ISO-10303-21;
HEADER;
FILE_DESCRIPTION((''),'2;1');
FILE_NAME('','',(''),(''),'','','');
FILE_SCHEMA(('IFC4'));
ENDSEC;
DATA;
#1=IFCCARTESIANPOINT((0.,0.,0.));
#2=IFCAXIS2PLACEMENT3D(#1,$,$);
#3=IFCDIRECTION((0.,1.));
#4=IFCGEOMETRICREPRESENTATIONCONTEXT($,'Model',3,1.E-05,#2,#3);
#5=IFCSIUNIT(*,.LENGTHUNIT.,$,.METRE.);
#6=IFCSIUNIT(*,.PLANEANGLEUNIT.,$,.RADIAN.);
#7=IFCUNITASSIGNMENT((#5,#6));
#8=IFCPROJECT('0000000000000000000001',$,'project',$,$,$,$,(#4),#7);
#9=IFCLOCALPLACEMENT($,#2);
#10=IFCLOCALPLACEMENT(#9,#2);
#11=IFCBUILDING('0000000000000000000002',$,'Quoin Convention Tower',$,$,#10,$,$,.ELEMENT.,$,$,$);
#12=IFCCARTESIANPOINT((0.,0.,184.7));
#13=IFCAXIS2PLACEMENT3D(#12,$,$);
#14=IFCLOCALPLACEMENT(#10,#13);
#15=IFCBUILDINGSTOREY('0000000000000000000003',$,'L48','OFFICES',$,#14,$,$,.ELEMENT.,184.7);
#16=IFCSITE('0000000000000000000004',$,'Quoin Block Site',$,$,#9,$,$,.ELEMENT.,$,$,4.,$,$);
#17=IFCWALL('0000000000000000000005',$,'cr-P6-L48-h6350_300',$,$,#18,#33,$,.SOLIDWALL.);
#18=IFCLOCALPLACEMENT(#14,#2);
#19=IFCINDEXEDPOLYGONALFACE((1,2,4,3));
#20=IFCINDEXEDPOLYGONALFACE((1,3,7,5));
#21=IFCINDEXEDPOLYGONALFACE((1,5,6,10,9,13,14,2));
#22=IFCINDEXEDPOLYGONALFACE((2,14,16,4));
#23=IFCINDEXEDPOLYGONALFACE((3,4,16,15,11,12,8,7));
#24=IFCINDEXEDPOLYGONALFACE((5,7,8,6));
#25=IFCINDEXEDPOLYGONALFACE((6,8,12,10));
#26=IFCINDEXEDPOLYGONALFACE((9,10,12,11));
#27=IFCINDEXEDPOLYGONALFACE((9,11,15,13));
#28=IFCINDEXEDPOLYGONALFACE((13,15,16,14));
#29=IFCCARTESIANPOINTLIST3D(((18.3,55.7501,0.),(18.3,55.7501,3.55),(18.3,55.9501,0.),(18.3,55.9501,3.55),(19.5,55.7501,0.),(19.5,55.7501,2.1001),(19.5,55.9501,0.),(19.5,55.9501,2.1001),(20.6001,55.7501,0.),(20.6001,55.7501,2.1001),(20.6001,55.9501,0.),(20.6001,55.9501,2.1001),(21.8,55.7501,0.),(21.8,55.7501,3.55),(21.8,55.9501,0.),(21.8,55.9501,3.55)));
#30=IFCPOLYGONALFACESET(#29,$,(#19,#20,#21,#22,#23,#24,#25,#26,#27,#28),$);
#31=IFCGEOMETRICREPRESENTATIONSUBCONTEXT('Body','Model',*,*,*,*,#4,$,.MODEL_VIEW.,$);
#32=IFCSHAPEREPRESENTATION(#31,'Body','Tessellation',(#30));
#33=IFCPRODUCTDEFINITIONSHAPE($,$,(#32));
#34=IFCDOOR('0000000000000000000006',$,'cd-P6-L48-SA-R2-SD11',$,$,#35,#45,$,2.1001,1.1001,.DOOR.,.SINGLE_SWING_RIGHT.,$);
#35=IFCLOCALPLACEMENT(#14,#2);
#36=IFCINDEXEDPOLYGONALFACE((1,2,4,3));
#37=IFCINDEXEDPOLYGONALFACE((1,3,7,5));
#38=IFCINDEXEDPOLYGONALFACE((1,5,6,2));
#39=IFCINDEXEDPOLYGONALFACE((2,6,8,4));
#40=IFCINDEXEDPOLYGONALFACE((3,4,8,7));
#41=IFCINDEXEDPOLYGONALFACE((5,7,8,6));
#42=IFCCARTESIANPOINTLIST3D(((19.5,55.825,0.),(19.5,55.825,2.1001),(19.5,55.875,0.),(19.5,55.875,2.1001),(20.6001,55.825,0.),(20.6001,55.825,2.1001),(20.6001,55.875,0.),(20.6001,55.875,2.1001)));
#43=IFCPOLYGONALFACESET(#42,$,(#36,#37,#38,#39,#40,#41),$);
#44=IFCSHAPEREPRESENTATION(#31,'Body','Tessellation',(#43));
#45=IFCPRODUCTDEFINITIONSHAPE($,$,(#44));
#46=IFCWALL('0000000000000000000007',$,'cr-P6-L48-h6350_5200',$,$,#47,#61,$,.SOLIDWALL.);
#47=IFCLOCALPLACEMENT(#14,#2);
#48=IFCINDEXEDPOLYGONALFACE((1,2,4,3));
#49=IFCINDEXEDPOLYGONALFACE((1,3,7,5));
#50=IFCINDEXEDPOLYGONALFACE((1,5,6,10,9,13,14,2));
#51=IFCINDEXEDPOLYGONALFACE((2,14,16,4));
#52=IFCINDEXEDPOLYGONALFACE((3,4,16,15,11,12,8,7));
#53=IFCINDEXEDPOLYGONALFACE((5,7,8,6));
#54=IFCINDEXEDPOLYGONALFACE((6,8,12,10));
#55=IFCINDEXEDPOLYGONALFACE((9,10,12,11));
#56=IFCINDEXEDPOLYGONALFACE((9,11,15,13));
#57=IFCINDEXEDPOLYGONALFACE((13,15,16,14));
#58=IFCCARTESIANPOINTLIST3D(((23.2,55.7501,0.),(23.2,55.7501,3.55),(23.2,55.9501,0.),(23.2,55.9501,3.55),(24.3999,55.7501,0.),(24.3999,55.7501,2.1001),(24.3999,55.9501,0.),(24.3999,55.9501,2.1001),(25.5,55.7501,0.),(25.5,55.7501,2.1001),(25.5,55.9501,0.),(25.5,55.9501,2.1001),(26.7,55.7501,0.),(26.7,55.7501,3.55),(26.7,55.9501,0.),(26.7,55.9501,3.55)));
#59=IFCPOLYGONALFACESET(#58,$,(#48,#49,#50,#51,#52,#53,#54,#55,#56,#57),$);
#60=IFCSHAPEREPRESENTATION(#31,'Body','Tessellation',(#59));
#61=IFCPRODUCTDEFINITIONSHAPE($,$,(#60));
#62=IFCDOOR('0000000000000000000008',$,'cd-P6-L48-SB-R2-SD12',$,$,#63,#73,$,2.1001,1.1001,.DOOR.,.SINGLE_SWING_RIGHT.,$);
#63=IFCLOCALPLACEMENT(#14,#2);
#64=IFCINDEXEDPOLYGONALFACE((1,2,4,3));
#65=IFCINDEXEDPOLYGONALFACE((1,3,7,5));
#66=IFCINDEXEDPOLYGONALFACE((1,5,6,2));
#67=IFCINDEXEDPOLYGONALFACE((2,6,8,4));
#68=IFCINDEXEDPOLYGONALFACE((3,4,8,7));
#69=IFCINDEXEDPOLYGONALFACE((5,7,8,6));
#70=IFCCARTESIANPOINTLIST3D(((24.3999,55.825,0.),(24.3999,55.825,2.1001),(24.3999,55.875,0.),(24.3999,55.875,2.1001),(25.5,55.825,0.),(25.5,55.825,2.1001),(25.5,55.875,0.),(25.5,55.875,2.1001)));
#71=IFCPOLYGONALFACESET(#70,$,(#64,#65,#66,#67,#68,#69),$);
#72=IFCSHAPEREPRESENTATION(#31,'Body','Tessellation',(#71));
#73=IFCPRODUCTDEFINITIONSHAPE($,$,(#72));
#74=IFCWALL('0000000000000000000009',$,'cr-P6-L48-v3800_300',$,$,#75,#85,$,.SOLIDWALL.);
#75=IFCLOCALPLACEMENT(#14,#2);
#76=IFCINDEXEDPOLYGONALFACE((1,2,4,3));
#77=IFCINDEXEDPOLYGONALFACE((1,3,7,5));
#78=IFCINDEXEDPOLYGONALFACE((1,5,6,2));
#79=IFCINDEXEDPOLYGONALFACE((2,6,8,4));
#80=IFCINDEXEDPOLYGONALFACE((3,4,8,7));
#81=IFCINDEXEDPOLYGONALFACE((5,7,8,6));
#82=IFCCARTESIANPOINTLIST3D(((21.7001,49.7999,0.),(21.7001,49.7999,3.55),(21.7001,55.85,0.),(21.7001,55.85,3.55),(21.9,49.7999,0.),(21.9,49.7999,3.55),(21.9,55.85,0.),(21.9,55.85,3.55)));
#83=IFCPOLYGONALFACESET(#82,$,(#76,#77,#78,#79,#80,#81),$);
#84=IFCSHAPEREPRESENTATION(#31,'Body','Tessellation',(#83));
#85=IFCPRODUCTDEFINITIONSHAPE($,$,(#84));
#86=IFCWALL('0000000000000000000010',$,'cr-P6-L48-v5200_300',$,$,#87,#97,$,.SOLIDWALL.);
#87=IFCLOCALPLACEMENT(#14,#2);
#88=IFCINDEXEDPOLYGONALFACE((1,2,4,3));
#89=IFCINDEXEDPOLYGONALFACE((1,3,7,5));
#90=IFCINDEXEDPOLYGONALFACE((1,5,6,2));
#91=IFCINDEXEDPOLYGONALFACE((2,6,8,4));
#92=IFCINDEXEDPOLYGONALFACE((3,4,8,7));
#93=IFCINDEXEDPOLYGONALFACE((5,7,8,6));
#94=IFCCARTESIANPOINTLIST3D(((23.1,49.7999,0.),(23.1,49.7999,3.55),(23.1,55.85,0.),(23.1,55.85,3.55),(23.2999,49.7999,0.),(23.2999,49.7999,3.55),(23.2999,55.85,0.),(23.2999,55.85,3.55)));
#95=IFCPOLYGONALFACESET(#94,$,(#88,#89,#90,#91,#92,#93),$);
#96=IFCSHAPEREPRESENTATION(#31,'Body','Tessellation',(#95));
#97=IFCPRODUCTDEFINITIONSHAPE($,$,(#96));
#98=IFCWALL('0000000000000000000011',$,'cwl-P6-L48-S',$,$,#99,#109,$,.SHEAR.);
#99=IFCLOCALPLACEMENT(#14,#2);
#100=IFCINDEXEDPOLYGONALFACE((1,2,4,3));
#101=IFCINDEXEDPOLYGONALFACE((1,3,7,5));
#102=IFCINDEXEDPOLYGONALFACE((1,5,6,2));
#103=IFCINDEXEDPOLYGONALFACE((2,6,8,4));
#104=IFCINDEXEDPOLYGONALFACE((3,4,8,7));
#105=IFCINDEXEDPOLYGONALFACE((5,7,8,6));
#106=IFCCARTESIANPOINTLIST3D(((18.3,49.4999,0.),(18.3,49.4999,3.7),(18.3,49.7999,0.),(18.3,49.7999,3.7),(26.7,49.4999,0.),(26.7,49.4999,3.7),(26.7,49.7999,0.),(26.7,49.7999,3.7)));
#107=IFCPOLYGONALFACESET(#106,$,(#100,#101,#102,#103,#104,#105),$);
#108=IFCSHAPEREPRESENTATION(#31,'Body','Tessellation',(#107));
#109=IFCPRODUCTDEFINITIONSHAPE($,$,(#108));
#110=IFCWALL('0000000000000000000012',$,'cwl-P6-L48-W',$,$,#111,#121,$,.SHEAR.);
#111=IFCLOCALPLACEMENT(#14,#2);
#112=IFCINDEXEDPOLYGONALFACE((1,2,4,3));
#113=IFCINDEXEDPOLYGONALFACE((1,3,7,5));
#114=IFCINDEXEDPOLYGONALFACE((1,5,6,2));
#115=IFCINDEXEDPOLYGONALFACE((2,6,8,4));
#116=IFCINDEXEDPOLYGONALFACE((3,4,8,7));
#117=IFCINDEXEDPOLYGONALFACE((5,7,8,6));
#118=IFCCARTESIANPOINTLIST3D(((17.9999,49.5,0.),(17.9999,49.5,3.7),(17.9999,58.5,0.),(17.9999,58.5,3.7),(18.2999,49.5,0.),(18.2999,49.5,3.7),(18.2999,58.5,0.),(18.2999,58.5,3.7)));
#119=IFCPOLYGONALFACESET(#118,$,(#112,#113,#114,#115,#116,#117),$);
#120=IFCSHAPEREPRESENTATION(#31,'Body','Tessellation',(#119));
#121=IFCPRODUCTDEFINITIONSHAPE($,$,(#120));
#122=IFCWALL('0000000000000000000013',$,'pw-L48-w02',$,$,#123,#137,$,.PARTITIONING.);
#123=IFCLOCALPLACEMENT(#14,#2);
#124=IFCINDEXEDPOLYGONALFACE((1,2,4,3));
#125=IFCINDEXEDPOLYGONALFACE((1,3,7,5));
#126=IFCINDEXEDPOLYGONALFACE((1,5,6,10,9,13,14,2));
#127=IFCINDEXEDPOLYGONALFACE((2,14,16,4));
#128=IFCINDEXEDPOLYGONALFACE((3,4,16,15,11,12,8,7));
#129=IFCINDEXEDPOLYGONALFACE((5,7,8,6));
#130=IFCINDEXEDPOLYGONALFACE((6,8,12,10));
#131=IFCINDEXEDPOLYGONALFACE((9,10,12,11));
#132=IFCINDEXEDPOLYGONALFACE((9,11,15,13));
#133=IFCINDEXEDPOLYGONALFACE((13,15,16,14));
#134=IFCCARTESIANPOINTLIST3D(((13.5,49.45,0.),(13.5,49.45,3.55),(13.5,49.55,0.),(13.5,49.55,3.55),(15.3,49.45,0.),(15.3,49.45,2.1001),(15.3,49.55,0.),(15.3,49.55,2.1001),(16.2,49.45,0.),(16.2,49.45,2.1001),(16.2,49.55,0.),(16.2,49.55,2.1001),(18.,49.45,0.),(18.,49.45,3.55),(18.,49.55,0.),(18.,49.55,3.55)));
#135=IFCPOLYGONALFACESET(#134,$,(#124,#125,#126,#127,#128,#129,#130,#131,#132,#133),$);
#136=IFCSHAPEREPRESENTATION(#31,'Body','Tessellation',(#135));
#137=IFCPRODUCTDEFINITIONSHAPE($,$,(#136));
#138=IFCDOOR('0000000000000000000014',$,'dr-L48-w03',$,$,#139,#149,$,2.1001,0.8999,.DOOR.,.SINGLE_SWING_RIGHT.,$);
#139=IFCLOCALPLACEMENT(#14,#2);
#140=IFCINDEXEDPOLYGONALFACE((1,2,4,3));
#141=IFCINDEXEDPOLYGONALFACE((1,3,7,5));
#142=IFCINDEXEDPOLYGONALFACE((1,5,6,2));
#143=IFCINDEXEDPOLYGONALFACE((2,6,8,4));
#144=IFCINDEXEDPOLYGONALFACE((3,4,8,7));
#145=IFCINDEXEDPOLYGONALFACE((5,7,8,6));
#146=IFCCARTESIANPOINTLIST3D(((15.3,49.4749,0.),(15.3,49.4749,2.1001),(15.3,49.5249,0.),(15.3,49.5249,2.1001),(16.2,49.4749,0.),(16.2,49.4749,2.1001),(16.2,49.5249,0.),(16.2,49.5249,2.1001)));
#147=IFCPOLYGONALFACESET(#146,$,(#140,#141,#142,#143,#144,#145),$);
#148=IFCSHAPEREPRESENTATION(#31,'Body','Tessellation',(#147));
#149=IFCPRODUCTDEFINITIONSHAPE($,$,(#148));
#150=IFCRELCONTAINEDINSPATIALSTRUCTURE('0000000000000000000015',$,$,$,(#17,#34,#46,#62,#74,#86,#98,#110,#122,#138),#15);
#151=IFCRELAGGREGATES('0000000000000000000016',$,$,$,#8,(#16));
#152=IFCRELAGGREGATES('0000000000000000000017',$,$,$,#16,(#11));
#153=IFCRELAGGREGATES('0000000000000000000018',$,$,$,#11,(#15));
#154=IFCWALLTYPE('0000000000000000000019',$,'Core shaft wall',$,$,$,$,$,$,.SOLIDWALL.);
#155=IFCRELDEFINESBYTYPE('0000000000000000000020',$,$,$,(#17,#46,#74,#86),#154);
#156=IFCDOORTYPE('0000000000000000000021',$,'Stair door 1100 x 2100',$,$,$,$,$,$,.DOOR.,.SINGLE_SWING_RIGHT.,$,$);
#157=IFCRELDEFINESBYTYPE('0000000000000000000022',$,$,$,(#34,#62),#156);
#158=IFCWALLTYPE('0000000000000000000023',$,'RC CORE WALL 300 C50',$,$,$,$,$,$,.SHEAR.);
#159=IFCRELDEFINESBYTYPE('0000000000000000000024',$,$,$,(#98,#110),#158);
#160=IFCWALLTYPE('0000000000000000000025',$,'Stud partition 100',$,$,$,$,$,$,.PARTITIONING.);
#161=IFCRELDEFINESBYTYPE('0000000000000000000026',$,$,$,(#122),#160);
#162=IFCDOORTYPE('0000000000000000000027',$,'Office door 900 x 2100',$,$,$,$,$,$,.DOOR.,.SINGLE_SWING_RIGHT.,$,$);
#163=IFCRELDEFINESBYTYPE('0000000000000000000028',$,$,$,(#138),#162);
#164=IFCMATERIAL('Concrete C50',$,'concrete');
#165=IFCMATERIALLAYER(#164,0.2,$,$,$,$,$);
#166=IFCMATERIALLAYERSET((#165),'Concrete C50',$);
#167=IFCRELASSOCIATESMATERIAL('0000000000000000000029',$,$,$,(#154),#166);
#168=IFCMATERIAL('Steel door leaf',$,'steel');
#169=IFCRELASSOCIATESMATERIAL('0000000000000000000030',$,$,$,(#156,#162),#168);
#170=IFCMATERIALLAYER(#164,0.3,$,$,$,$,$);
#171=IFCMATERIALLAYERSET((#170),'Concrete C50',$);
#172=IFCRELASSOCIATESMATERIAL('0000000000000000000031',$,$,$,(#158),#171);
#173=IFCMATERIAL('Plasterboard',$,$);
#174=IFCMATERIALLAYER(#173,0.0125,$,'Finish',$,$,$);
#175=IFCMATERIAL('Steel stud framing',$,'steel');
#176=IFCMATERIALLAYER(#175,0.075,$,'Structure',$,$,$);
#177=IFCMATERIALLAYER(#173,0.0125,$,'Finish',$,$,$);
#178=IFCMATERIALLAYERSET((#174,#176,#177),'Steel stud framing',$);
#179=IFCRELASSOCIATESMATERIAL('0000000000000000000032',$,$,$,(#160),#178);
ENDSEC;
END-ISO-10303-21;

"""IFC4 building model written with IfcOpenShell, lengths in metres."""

from ifc_helpers import new_model, si_unit, direction, frame, frame_2d, origin, place, context, subcontext, project, spatial, rectangle, extrude, material, layer, layer_set, type_object, element, fill, save


model = new_model("IFC4")

# Units and contexts
model_context = context("Model", 3, precision=1e-05, world=origin(), true_north=direction((0.0, 1.0)))
body_context = subcontext(model_context, "Body", "Model", "MODEL_VIEW")
ifc_project = project(units=[si_unit("LENGTHUNIT", "METRE"), si_unit("PLANEANGLEUNIT", "RADIAN")], contexts=[model_context])

# Site, building, storey
site_placement = place(None, origin())
site = spatial("IfcSite", under=ifc_project, at=site_placement, Name="Quoin Block Site", CompositionType="ELEMENT", RefElevation=4.0)
building_placement = place(site_placement, origin())
building = spatial("IfcBuilding", under=site, at=building_placement, Name="Quoin Convention Tower", CompositionType="ELEMENT")
storey_placement = place(building_placement, frame((0.0, 0.0, 184.7)))
storey = spatial("IfcBuildingStorey", under=building, at=storey_placement, Name="L48", Description="OFFICES", CompositionType="ELEMENT", Elevation=184.7)

# Shared definitions
ifc_material_1 = material(Name="Concrete C50", Category="concrete")

# Shared definitions
ifc_layer_1 = layer(ifc_material_1, 0.2)
ifc_layer_set_1 = layer_set([ifc_layer_1], Name="Concrete C50")
wall_type_1 = type_object("IfcWallType", Name="Core shaft wall", PredefinedType="SOLIDWALL", material=ifc_layer_set_1)

# Walls, openings, doors
wall_1_placement = place(storey_placement, frame((18.3, 55.8501, 0.0), z_axis=(0.0, 0.0, 1.0), x_axis=(1.0, 0.0, 0.0)))
wall_1 = element("IfcWall", 1, at=wall_1_placement, inside=storey, type_object=wall_type_1, Name="cr-P6-L48-h6350_300", PredefinedType="SOLIDWALL", context=body_context, shape_type="SweptSolid", body=[
    extrude(rectangle(XDim=3.5, YDim=0.2, at=frame_2d((1.75, 0.0))), origin(), (0.0, 0.0, 1.0), 3.55),
])
opening_1_placement = place(wall_1_placement, frame((1.2, 0.0, 0.0)))
opening_1 = element("IfcOpeningElement", 2, at=opening_1_placement, cuts=wall_1, PredefinedType="OPENING", context=body_context, shape_type="SweptSolid", body=[
    extrude(rectangle(XDim=1.1001, YDim=2.1001, at=frame_2d((0.55, 1.05))), frame((0.0, 0.1099, 0.0), z_axis=(0.0, -1.0, 0.0), x_axis=(1.0, 0.0, 0.0)), (0.0, 0.0, 1.0), 0.22),
])
ifc_material_2 = material(Name="Steel door leaf", Category="steel")
door_type_1 = type_object("IfcDoorType", Name="Stair door 1100 x 2100", OperationType="SINGLE_SWING_RIGHT", PredefinedType="DOOR", material=ifc_material_2)
door_1_placement = place(opening_1_placement, origin())
door_1 = element("IfcDoor", 3, at=door_1_placement, inside=storey, type_object=door_type_1, Name="cd-P6-L48-SA-R2-SD11", OperationType="SINGLE_SWING_RIGHT", OverallHeight=2.1001, OverallWidth=1.1001, PredefinedType="DOOR", context=body_context, shape_type="SweptSolid", body=[
    extrude(rectangle(XDim=1.1001, YDim=2.1001, at=frame_2d((0.55, 1.05))), frame((0.0, 0.0249, 0.0), z_axis=(0.0, -1.0, 0.0), x_axis=(1.0, 0.0, 0.0)), (0.0, 0.0, 1.0), 0.05),
])
fill(opening_1, door_1)
wall_2_placement = place(storey_placement, frame((23.2, 55.8501, 0.0), z_axis=(0.0, 0.0, 1.0), x_axis=(1.0, 0.0, 0.0)))
wall_2 = element("IfcWall", 4, at=wall_2_placement, inside=storey, type_object=wall_type_1, Name="cr-P6-L48-h6350_5200", PredefinedType="SOLIDWALL", context=body_context, shape_type="SweptSolid", body=[
    extrude(rectangle(XDim=3.5, YDim=0.2, at=frame_2d((1.75, 0.0))), origin(), (0.0, 0.0, 1.0), 3.55),
])
opening_2_placement = place(wall_2_placement, frame((1.2, 0.0, 0.0)))
opening_2 = element("IfcOpeningElement", 5, at=opening_2_placement, cuts=wall_2, PredefinedType="OPENING", context=body_context, shape_type="SweptSolid", body=[
    extrude(rectangle(XDim=1.1001, YDim=2.1001, at=frame_2d((0.55, 1.05))), frame((0.0, 0.1099, 0.0), z_axis=(0.0, -1.0, 0.0), x_axis=(1.0, 0.0, 0.0)), (0.0, 0.0, 1.0), 0.22),
])
door_2_placement = place(opening_2_placement, origin())
door_2 = element("IfcDoor", 6, at=door_2_placement, inside=storey, type_object=door_type_1, Name="cd-P6-L48-SB-R2-SD12", OperationType="SINGLE_SWING_RIGHT", OverallHeight=2.1001, OverallWidth=1.1001, PredefinedType="DOOR", context=body_context, shape_type="SweptSolid", body=[
    extrude(rectangle(XDim=1.1001, YDim=2.1001, at=frame_2d((0.55, 1.05))), frame((0.0, 0.0249, 0.0), z_axis=(0.0, -1.0, 0.0), x_axis=(1.0, 0.0, 0.0)), (0.0, 0.0, 1.0), 0.05),
])
fill(opening_2, door_2)

# Walls
for number, where, z_axis, x_axis, name in (
    (7, (21.8, 49.8, 0.0), (0.0, 0.0, 1.0), (0.0, 1.0, 0.0), "cr-P6-L48-v3800_300"),
    (8, (23.2, 49.8, 0.0), (0.0, 0.0, 1.0), (0.0, 1.0, 0.0), "cr-P6-L48-v5200_300"),
):
    element("IfcWall", number, at=place(storey_placement, frame(where, z_axis=z_axis, x_axis=x_axis)), inside=storey, type_object=wall_type_1, Name=name, PredefinedType="SOLIDWALL", context=body_context, shape_type="SweptSolid", body=[
        extrude(rectangle(XDim=6.05, YDim=0.2, at=frame_2d((3.0249, 0.0))), origin(), (0.0, 0.0, 1.0), 3.55),
    ])
ifc_layer_2 = layer(ifc_material_1, 0.3)
ifc_layer_set_2 = layer_set([ifc_layer_2], Name="Concrete C50")
wall_type_2 = type_object("IfcWallType", Name="RC CORE WALL 300 C50", PredefinedType="SHEAR", material=ifc_layer_set_2)
wall_3_placement = place(storey_placement, frame((18.3, 49.6499, 0.0), z_axis=(0.0, 0.0, 1.0), x_axis=(1.0, 0.0, 0.0)))
element("IfcWall", 9, at=wall_3_placement, inside=storey, type_object=wall_type_2, Name="cwl-P6-L48-S", PredefinedType="SHEAR", context=body_context, shape_type="SweptSolid", body=[
    extrude(rectangle(XDim=8.3999, YDim=0.3, at=frame_2d((4.2, 0.0))), origin(), (0.0, 0.0, 1.0), 3.7),
])
wall_4_placement = place(storey_placement, frame((18.1499, 49.5, 0.0), z_axis=(0.0, 0.0, 1.0), x_axis=(0.0, 1.0, 0.0)))
element("IfcWall", 10, at=wall_4_placement, inside=storey, type_object=wall_type_2, Name="cwl-P6-L48-W", PredefinedType="SHEAR", context=body_context, shape_type="SweptSolid", body=[
    extrude(rectangle(XDim=9.0, YDim=0.3, at=frame_2d((4.5, 0.0))), origin(), (0.0, 0.0, 1.0), 3.7),
])

# Wall, opening, door
ifc_material_3 = material(Name="Plasterboard")
ifc_layer_3 = layer(ifc_material_3, 0.0125, Name="Finish")
ifc_material_4 = material(Name="Steel stud framing", Category="steel")
ifc_layer_4 = layer(ifc_material_4, 0.075, Name="Structure")
ifc_layer_5 = layer(ifc_material_3, 0.0125, Name="Finish")
ifc_layer_set_3 = layer_set([ifc_layer_3, ifc_layer_4, ifc_layer_5], Name="Steel stud framing")
wall_type_3 = type_object("IfcWallType", Name="Stud partition 100", PredefinedType="PARTITIONING", material=ifc_layer_set_3)
wall_5_placement = place(storey_placement, frame((13.5, 49.5, 0.0), z_axis=(0.0, 0.0, 1.0), x_axis=(1.0, 0.0, 0.0)))
wall_5 = element("IfcWall", 11, at=wall_5_placement, inside=storey, type_object=wall_type_3, Name="pw-L48-w02", PredefinedType="PARTITIONING", context=body_context, shape_type="SweptSolid", body=[
    extrude(rectangle(XDim=4.5, YDim=0.1001, at=frame_2d((2.25, 0.0))), origin(), (0.0, 0.0, 1.0), 3.55),
])
opening_3_placement = place(wall_5_placement, frame((1.8, 0.0, 0.0)))
opening_3 = element("IfcOpeningElement", 12, at=opening_3_placement, cuts=wall_5, PredefinedType="OPENING", context=body_context, shape_type="SweptSolid", body=[
    extrude(rectangle(XDim=0.8999, YDim=2.1001, at=frame_2d((0.45, 1.05))), frame((0.0, 0.0601, 0.0), z_axis=(0.0, -1.0, 0.0), x_axis=(1.0, 0.0, 0.0)), (0.0, 0.0, 1.0), 0.1201),
])
door_type_2 = type_object("IfcDoorType", Name="Office door 900 x 2100", OperationType="SINGLE_SWING_RIGHT", PredefinedType="DOOR", material=ifc_material_2)
door_3_placement = place(opening_3_placement, origin())
door_3 = element("IfcDoor", 13, at=door_3_placement, inside=storey, type_object=door_type_2, Name="dr-L48-w03", OperationType="SINGLE_SWING_RIGHT", OverallHeight=2.1001, OverallWidth=0.8999, PredefinedType="DOOR", context=body_context, shape_type="SweptSolid", body=[
    extrude(rectangle(XDim=0.8999, YDim=2.1001, at=frame_2d((0.45, 1.05))), frame((0.0, 0.0249, 0.0), z_axis=(0.0, -1.0, 0.0), x_axis=(1.0, 0.0, 0.0)), (0.0, 0.0, 1.0), 0.05),
])
fill(opening_3, door_3)

save(model, "model.ifc")
